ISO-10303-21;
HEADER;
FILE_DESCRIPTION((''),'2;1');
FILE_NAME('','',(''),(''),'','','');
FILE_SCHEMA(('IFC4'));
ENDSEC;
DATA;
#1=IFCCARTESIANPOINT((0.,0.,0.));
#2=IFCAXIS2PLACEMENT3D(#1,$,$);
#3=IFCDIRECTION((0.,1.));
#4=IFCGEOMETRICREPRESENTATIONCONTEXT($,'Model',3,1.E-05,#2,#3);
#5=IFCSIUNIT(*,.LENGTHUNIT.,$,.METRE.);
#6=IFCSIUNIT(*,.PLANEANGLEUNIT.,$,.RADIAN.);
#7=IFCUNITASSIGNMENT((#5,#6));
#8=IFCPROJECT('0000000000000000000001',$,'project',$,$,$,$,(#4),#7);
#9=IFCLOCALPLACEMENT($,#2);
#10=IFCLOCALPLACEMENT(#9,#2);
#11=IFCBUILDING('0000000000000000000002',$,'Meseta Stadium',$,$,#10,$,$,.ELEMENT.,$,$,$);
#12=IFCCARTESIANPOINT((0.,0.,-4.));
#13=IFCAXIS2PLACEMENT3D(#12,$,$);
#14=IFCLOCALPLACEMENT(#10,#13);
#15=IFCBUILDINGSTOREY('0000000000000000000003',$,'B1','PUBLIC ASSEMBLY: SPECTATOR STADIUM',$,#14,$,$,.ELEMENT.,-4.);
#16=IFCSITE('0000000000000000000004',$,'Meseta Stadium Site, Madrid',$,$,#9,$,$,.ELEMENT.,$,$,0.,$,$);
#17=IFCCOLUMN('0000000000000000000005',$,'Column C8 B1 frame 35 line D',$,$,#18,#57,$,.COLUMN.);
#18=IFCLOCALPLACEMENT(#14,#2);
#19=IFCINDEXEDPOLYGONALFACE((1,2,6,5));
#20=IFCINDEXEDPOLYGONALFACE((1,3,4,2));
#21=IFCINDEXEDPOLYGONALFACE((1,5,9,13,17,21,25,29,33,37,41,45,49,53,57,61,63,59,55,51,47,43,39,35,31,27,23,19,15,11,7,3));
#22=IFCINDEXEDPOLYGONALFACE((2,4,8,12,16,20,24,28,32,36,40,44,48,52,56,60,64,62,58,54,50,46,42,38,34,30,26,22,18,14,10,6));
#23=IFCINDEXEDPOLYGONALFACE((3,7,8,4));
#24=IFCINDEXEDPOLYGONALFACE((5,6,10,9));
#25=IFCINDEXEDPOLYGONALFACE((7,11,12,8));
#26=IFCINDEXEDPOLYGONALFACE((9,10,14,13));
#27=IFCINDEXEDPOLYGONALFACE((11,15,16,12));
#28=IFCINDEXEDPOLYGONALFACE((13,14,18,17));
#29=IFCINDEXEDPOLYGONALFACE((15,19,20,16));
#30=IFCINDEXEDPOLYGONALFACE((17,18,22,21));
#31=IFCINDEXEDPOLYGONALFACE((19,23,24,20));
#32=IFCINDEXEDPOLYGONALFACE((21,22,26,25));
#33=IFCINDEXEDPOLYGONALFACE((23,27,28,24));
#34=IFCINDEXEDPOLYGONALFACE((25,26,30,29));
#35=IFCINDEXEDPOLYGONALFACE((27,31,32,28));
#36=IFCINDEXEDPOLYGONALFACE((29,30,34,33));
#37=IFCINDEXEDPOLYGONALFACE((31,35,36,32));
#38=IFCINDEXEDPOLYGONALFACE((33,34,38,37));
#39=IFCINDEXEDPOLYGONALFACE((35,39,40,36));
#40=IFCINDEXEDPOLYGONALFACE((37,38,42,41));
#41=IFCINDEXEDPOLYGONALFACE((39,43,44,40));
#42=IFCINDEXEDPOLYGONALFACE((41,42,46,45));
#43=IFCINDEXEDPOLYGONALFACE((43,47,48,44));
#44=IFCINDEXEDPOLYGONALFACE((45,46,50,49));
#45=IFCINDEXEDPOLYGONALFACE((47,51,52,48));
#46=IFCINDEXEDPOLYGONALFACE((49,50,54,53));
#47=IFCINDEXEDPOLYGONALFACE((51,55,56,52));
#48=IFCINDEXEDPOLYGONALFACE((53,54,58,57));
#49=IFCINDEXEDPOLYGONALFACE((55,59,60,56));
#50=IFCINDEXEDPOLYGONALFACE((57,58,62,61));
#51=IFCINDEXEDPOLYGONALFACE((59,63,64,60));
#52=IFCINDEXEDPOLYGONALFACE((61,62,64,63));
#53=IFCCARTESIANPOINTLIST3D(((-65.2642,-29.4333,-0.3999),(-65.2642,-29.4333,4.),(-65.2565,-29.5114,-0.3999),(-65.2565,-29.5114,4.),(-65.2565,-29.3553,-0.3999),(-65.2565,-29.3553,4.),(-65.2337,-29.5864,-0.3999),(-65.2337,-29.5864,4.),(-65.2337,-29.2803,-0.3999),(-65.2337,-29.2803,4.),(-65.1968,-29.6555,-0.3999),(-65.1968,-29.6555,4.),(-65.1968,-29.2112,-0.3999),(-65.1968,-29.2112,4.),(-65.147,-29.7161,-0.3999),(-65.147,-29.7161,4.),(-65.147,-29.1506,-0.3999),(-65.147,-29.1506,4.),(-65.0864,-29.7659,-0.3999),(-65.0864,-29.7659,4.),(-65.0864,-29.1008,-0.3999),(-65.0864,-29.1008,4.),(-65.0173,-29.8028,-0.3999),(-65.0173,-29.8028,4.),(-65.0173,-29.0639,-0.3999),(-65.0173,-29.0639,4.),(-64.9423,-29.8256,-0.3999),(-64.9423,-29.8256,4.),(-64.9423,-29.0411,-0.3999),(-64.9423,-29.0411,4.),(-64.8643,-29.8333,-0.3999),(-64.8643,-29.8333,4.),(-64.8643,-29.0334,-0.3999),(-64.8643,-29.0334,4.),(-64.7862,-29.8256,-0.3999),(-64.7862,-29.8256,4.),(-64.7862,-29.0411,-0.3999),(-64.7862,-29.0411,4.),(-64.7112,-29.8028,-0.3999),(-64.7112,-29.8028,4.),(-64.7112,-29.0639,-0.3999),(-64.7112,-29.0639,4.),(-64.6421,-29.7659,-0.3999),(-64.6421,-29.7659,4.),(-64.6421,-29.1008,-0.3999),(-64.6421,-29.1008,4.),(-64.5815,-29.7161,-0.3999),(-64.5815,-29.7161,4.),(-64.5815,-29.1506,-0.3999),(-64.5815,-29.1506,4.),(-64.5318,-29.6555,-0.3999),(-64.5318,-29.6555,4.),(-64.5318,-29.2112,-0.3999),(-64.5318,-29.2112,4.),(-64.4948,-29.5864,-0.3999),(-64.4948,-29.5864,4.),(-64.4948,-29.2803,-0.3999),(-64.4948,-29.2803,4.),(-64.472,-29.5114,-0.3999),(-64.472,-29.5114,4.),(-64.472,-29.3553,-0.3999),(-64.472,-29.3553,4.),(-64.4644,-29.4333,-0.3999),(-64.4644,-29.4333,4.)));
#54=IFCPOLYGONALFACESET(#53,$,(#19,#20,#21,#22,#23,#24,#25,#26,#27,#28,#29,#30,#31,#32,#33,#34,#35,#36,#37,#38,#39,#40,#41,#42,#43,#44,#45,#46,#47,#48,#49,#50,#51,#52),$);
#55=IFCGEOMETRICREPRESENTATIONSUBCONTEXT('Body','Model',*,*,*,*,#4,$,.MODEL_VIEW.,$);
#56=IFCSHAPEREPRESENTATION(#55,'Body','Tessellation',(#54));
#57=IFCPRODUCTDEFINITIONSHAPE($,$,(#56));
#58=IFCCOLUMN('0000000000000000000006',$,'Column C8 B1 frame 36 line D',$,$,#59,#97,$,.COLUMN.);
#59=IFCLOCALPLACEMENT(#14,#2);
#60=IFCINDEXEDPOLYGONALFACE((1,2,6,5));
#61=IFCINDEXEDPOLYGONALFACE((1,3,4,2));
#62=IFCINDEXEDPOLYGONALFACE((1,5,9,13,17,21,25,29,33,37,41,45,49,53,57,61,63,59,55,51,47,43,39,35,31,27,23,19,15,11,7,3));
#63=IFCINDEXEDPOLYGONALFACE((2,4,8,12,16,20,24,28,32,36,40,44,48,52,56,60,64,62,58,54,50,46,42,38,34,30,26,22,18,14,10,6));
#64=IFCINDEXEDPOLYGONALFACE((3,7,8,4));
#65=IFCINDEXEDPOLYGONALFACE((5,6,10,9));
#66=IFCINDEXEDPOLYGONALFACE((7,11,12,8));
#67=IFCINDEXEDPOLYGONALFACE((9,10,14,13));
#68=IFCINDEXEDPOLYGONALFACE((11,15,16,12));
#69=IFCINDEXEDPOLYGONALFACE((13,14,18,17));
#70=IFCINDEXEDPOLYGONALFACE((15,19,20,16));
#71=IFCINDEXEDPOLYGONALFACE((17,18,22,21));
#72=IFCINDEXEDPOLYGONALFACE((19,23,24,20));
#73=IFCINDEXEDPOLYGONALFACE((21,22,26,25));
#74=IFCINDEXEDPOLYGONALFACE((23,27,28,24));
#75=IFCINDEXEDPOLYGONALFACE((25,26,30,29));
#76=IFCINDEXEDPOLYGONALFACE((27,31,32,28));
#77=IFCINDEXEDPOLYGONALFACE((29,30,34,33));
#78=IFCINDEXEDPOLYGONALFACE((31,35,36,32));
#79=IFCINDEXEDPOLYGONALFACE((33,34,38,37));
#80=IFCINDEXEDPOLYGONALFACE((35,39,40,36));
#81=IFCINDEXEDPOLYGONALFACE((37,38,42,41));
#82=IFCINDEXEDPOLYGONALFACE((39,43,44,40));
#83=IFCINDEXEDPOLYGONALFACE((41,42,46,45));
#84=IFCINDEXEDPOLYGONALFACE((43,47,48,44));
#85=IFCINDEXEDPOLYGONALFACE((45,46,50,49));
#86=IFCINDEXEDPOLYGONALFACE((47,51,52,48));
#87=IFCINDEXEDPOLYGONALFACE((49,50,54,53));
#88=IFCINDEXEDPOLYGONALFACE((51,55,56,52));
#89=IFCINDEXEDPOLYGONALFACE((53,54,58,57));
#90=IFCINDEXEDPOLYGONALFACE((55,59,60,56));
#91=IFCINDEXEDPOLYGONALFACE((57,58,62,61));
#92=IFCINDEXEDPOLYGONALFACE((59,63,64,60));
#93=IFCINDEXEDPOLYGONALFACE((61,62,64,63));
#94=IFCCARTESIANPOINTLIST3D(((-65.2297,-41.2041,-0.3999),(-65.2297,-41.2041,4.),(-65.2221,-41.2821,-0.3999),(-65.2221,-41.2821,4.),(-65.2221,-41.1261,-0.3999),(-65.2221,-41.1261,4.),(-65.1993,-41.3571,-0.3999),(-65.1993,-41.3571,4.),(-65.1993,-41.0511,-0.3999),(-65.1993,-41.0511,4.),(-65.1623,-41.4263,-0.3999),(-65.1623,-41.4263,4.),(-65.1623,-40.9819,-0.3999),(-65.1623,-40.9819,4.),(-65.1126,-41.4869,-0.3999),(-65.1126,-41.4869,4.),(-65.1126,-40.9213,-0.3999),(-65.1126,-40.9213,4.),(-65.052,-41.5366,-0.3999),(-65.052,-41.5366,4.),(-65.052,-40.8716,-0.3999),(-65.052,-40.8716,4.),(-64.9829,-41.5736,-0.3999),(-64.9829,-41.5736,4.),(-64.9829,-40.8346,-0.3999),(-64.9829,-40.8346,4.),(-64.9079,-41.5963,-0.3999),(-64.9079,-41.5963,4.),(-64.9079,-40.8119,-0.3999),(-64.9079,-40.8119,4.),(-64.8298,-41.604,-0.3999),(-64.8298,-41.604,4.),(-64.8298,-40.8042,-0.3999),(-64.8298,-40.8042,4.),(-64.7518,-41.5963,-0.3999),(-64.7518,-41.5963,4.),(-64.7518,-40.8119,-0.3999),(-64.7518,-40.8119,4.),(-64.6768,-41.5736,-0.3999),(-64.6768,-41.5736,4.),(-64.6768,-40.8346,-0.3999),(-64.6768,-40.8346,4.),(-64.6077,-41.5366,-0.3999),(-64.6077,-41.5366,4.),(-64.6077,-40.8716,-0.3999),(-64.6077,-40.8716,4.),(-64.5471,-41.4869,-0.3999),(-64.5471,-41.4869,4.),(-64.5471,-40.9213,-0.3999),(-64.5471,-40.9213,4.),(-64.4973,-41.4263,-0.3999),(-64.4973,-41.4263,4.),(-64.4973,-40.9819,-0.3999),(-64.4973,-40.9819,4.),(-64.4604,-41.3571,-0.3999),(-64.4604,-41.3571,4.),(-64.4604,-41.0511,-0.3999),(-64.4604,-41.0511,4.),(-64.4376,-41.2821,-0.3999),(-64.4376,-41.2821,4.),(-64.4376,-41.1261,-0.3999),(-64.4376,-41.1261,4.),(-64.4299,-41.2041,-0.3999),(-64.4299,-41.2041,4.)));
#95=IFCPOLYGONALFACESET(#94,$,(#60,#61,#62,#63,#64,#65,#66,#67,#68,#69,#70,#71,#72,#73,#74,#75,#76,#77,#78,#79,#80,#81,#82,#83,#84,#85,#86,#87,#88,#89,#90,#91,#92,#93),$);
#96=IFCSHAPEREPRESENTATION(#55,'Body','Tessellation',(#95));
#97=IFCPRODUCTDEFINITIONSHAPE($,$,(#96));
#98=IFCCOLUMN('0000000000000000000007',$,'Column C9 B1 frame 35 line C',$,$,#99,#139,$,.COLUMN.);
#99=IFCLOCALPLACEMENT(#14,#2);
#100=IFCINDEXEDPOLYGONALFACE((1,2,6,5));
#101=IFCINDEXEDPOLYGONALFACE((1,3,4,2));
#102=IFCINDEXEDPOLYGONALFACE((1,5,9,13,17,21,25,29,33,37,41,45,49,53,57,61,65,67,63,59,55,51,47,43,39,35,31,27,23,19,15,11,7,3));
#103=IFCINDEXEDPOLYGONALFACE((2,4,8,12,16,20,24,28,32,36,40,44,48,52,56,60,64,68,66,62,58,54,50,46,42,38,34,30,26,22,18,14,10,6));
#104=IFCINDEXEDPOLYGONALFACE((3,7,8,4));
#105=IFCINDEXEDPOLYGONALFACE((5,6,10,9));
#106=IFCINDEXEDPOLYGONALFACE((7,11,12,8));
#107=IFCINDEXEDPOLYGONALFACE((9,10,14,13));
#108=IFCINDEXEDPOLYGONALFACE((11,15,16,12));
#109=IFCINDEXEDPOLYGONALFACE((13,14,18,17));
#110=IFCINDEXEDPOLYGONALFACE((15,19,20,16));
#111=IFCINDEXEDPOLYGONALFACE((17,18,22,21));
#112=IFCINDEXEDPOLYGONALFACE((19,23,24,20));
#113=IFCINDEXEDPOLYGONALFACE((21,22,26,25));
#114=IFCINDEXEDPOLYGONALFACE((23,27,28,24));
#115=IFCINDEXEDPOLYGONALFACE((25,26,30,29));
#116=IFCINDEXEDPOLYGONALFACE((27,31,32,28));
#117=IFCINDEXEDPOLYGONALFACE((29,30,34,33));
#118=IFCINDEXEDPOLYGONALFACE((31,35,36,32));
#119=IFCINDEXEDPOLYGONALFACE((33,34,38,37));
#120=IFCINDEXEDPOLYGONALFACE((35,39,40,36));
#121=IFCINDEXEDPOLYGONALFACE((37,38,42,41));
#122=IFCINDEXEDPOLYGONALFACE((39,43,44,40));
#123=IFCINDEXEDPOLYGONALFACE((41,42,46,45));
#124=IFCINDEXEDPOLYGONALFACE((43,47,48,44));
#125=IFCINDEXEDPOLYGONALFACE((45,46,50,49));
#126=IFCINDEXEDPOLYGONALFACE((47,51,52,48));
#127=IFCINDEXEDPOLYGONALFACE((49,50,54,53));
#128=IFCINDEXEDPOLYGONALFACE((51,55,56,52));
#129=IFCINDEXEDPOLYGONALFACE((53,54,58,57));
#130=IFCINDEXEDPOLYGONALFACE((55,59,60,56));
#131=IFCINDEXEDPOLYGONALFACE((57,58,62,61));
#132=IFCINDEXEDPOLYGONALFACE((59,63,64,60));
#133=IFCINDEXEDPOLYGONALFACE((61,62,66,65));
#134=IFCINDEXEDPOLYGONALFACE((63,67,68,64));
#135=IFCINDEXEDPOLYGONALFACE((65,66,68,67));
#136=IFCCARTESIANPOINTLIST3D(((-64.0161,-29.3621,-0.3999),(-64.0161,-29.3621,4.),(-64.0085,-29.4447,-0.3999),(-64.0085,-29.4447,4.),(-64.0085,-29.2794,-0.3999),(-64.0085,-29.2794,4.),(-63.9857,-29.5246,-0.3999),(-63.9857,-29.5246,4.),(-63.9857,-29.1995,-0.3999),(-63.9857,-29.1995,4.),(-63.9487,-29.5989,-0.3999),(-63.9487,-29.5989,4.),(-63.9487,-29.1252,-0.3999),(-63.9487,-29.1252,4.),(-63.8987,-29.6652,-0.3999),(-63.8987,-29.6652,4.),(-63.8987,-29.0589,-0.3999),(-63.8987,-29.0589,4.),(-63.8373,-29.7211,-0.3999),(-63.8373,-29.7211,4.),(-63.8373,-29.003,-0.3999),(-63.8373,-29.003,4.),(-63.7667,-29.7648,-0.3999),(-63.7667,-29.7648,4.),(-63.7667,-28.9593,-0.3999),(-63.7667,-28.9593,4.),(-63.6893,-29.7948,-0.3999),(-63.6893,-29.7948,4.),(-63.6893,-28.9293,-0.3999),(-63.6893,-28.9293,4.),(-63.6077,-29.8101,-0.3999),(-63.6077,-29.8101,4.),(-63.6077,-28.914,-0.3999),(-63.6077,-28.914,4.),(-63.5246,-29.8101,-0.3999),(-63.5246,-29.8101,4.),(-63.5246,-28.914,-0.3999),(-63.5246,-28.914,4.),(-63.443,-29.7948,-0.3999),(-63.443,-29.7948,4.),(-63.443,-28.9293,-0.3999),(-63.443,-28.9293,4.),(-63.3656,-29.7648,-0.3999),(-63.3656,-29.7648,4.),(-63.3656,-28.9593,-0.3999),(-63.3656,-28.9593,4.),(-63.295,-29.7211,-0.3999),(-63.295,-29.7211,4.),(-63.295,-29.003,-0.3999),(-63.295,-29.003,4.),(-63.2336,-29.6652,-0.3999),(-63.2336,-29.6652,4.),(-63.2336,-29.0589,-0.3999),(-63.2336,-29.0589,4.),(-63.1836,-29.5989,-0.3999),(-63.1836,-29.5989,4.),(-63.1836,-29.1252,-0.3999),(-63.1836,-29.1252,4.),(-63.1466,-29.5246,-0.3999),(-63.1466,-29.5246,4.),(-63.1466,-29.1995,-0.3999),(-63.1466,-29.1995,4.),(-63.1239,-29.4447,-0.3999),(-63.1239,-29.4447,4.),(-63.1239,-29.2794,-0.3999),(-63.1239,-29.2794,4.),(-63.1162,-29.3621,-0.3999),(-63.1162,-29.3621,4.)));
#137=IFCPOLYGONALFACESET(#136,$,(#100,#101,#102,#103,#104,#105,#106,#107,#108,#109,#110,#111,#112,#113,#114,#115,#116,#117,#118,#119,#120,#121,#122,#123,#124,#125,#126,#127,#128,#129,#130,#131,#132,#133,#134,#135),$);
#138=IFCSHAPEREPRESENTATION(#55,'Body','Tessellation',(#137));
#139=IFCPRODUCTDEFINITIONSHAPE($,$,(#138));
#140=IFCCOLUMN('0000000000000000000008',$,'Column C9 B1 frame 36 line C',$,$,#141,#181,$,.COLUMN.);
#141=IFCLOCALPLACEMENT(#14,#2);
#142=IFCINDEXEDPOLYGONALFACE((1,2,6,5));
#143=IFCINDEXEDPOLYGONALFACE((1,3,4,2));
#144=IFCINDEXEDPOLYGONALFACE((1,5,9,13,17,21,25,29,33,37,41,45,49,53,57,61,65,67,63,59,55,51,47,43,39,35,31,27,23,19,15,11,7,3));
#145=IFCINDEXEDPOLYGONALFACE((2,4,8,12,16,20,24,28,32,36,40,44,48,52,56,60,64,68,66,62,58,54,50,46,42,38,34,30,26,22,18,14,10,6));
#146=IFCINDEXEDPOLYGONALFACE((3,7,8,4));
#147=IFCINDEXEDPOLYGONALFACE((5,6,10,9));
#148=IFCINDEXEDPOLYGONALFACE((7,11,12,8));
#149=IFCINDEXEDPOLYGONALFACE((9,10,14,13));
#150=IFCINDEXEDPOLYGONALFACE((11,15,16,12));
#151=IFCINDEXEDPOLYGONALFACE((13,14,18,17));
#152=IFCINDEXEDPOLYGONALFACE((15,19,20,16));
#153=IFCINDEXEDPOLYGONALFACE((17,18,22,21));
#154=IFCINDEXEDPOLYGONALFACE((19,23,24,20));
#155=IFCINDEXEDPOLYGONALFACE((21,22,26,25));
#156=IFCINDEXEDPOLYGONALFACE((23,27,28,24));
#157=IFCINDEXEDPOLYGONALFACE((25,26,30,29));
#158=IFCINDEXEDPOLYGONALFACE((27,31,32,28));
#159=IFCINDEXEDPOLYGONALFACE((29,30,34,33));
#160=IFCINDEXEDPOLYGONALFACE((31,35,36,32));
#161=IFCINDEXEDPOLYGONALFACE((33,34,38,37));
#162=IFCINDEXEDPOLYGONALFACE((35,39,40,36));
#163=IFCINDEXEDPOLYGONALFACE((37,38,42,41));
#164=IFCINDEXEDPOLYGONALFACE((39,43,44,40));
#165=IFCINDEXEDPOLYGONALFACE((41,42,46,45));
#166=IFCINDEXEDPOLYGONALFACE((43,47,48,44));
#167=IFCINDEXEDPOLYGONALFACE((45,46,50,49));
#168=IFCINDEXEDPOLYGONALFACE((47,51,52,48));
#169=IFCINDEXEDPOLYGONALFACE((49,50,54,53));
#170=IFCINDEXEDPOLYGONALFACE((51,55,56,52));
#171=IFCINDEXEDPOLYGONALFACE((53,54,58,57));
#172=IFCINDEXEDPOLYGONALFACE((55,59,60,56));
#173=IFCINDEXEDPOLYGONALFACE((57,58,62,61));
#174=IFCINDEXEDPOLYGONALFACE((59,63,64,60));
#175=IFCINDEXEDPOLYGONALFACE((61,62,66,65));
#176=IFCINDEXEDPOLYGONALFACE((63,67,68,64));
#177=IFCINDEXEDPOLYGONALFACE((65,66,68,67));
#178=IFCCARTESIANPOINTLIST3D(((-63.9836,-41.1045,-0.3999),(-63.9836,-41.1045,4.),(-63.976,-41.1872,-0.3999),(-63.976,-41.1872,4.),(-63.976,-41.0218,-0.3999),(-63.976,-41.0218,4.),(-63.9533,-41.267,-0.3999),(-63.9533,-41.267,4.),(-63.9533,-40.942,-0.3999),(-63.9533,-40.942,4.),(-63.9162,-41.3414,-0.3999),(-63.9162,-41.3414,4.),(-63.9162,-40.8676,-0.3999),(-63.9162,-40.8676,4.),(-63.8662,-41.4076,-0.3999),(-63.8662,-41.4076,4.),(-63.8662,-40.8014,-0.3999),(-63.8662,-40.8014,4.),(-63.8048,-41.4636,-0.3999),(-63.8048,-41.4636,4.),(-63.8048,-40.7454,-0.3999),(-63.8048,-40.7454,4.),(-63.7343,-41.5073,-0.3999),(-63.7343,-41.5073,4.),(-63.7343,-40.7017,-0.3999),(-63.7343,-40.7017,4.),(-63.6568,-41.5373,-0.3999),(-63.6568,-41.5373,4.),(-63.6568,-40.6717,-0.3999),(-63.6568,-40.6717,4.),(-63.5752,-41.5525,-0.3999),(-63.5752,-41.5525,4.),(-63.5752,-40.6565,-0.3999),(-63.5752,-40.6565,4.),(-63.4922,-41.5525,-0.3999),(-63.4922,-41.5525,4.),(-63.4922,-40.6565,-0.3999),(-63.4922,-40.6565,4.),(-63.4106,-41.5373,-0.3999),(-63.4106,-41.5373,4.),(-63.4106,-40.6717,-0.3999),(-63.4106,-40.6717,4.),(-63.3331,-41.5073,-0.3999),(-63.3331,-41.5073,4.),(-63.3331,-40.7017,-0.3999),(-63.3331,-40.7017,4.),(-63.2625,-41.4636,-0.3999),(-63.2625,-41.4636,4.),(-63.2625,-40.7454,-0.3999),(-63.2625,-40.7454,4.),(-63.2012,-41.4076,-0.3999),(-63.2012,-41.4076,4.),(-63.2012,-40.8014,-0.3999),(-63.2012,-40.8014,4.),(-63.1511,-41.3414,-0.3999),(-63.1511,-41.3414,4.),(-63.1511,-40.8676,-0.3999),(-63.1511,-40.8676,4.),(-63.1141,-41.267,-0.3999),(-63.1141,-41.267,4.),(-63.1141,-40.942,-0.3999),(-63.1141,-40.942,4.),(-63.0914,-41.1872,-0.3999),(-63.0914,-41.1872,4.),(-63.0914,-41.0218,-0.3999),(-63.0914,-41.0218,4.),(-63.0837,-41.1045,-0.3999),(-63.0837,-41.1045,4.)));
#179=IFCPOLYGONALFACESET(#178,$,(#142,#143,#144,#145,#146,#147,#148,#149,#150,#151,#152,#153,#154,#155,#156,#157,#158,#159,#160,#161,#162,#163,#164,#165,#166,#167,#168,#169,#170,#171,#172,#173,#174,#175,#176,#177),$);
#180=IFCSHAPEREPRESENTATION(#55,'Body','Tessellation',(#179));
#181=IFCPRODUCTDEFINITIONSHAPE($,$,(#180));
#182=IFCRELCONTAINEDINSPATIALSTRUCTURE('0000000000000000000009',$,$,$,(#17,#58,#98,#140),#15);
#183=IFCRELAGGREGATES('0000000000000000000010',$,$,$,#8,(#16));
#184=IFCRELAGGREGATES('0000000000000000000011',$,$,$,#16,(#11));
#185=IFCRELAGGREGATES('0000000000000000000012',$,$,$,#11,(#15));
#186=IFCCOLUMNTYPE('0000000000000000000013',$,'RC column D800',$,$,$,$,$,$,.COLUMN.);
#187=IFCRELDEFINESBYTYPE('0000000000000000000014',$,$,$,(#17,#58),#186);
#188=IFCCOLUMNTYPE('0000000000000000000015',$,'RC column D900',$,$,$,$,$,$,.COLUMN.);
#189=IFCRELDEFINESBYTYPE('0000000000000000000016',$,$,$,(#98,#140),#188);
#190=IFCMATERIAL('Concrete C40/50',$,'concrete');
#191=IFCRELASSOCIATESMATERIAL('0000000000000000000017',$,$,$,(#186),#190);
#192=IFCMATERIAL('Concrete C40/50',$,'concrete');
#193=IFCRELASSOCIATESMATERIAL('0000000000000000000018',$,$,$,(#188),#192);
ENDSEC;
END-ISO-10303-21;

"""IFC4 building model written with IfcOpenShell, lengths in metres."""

from ifc_helpers import new_model, si_unit, direction, frame, origin, origin_2d, place, context, subcontext, project, spatial, circle, extrude, material, material_profile, profile_set, type_object, element, save


model = new_model("IFC4")

# Units and contexts
model_context = context("Model", 3, precision=1e-05, world=origin(), true_north=direction((0.0, 1.0)))
body_context = subcontext(model_context, "Body", "Model", "MODEL_VIEW")
ifc_project = project(units=[si_unit("LENGTHUNIT", "METRE"), si_unit("PLANEANGLEUNIT", "RADIAN")], contexts=[model_context])

# Site, building, storey
site_placement = place(None, origin())
site = spatial("IfcSite", under=ifc_project, at=site_placement, Name="Meseta Stadium Site, Madrid", CompositionType="ELEMENT", RefElevation=0.0)
building_placement = place(site_placement, origin())
building = spatial("IfcBuilding", under=site, at=building_placement, Name="Meseta Stadium", CompositionType="ELEMENT")
storey_placement = place(building_placement, frame((0.0, 0.0, -4.0)))
storey = spatial("IfcBuildingStorey", under=building, at=storey_placement, Name="B1", Description="PUBLIC ASSEMBLY: SPECTATOR STADIUM", CompositionType="ELEMENT", Elevation=-4.0)

# Columns
ifc_material_1 = material(Name="Concrete C40/50", Category="concrete")
ifc_material_profile_1 = material_profile(ifc_material_1, circle(Radius=0.3999, at=origin_2d()), Name="RC D800")
ifc_profile_set_1 = profile_set([ifc_material_profile_1], Name="Concrete C40/50")
column_type_1 = type_object("IfcColumnType", Name="RC column D800", PredefinedType="COLUMN", material=ifc_profile_set_1)
for number, where, z_axis, x_axis, name in (
    (1, (-64.8643, -29.4333, -0.3999), (0.0, 0.0, 1.0), (1.0, 0.0, 0.0), "Column C8 B1 frame 35 line D"),
    (2, (-64.8298, -41.2041, -0.3999), (0.0, 0.0, 1.0), (1.0, 0.0, 0.0), "Column C8 B1 frame 36 line D"),
):
    element("IfcColumn", number, at=place(storey_placement, frame(where, z_axis=z_axis, x_axis=x_axis)), inside=storey, type_object=column_type_1, Name=name, PredefinedType="COLUMN", context=body_context, shape_type="SweptSolid", body=[
        extrude(circle(Radius=0.3999, at=origin_2d()), origin(), (0.0, 0.0, 1.0), 4.3999),
    ])
ifc_material_2 = material(Name="Concrete C40/50", Category="concrete")
ifc_material_profile_2 = material_profile(ifc_material_2, circle(Radius=0.45, at=origin_2d()), Name="RC D900")
ifc_profile_set_2 = profile_set([ifc_material_profile_2], Name="Concrete C40/50")
column_type_2 = type_object("IfcColumnType", Name="RC column D900", PredefinedType="COLUMN", material=ifc_profile_set_2)
for number, where, z_axis, x_axis, name in (
    (3, (-63.5662, -29.3621, -0.3999), (0.0, 0.0, 1.0), (1.0, 0.0, 0.0), "Column C9 B1 frame 35 line C"),
    (4, (-63.5337, -41.1045, -0.3999), (0.0, 0.0, 1.0), (1.0, 0.0, 0.0), "Column C9 B1 frame 36 line C"),
):
    element("IfcColumn", number, at=place(storey_placement, frame(where, z_axis=z_axis, x_axis=x_axis)), inside=storey, type_object=column_type_2, Name=name, PredefinedType="COLUMN", context=body_context, shape_type="SweptSolid", body=[
        extrude(circle(Radius=0.45, at=origin_2d()), origin(), (0.0, 0.0, 1.0), 4.3999),
    ])

save(model, "model.ifc")
